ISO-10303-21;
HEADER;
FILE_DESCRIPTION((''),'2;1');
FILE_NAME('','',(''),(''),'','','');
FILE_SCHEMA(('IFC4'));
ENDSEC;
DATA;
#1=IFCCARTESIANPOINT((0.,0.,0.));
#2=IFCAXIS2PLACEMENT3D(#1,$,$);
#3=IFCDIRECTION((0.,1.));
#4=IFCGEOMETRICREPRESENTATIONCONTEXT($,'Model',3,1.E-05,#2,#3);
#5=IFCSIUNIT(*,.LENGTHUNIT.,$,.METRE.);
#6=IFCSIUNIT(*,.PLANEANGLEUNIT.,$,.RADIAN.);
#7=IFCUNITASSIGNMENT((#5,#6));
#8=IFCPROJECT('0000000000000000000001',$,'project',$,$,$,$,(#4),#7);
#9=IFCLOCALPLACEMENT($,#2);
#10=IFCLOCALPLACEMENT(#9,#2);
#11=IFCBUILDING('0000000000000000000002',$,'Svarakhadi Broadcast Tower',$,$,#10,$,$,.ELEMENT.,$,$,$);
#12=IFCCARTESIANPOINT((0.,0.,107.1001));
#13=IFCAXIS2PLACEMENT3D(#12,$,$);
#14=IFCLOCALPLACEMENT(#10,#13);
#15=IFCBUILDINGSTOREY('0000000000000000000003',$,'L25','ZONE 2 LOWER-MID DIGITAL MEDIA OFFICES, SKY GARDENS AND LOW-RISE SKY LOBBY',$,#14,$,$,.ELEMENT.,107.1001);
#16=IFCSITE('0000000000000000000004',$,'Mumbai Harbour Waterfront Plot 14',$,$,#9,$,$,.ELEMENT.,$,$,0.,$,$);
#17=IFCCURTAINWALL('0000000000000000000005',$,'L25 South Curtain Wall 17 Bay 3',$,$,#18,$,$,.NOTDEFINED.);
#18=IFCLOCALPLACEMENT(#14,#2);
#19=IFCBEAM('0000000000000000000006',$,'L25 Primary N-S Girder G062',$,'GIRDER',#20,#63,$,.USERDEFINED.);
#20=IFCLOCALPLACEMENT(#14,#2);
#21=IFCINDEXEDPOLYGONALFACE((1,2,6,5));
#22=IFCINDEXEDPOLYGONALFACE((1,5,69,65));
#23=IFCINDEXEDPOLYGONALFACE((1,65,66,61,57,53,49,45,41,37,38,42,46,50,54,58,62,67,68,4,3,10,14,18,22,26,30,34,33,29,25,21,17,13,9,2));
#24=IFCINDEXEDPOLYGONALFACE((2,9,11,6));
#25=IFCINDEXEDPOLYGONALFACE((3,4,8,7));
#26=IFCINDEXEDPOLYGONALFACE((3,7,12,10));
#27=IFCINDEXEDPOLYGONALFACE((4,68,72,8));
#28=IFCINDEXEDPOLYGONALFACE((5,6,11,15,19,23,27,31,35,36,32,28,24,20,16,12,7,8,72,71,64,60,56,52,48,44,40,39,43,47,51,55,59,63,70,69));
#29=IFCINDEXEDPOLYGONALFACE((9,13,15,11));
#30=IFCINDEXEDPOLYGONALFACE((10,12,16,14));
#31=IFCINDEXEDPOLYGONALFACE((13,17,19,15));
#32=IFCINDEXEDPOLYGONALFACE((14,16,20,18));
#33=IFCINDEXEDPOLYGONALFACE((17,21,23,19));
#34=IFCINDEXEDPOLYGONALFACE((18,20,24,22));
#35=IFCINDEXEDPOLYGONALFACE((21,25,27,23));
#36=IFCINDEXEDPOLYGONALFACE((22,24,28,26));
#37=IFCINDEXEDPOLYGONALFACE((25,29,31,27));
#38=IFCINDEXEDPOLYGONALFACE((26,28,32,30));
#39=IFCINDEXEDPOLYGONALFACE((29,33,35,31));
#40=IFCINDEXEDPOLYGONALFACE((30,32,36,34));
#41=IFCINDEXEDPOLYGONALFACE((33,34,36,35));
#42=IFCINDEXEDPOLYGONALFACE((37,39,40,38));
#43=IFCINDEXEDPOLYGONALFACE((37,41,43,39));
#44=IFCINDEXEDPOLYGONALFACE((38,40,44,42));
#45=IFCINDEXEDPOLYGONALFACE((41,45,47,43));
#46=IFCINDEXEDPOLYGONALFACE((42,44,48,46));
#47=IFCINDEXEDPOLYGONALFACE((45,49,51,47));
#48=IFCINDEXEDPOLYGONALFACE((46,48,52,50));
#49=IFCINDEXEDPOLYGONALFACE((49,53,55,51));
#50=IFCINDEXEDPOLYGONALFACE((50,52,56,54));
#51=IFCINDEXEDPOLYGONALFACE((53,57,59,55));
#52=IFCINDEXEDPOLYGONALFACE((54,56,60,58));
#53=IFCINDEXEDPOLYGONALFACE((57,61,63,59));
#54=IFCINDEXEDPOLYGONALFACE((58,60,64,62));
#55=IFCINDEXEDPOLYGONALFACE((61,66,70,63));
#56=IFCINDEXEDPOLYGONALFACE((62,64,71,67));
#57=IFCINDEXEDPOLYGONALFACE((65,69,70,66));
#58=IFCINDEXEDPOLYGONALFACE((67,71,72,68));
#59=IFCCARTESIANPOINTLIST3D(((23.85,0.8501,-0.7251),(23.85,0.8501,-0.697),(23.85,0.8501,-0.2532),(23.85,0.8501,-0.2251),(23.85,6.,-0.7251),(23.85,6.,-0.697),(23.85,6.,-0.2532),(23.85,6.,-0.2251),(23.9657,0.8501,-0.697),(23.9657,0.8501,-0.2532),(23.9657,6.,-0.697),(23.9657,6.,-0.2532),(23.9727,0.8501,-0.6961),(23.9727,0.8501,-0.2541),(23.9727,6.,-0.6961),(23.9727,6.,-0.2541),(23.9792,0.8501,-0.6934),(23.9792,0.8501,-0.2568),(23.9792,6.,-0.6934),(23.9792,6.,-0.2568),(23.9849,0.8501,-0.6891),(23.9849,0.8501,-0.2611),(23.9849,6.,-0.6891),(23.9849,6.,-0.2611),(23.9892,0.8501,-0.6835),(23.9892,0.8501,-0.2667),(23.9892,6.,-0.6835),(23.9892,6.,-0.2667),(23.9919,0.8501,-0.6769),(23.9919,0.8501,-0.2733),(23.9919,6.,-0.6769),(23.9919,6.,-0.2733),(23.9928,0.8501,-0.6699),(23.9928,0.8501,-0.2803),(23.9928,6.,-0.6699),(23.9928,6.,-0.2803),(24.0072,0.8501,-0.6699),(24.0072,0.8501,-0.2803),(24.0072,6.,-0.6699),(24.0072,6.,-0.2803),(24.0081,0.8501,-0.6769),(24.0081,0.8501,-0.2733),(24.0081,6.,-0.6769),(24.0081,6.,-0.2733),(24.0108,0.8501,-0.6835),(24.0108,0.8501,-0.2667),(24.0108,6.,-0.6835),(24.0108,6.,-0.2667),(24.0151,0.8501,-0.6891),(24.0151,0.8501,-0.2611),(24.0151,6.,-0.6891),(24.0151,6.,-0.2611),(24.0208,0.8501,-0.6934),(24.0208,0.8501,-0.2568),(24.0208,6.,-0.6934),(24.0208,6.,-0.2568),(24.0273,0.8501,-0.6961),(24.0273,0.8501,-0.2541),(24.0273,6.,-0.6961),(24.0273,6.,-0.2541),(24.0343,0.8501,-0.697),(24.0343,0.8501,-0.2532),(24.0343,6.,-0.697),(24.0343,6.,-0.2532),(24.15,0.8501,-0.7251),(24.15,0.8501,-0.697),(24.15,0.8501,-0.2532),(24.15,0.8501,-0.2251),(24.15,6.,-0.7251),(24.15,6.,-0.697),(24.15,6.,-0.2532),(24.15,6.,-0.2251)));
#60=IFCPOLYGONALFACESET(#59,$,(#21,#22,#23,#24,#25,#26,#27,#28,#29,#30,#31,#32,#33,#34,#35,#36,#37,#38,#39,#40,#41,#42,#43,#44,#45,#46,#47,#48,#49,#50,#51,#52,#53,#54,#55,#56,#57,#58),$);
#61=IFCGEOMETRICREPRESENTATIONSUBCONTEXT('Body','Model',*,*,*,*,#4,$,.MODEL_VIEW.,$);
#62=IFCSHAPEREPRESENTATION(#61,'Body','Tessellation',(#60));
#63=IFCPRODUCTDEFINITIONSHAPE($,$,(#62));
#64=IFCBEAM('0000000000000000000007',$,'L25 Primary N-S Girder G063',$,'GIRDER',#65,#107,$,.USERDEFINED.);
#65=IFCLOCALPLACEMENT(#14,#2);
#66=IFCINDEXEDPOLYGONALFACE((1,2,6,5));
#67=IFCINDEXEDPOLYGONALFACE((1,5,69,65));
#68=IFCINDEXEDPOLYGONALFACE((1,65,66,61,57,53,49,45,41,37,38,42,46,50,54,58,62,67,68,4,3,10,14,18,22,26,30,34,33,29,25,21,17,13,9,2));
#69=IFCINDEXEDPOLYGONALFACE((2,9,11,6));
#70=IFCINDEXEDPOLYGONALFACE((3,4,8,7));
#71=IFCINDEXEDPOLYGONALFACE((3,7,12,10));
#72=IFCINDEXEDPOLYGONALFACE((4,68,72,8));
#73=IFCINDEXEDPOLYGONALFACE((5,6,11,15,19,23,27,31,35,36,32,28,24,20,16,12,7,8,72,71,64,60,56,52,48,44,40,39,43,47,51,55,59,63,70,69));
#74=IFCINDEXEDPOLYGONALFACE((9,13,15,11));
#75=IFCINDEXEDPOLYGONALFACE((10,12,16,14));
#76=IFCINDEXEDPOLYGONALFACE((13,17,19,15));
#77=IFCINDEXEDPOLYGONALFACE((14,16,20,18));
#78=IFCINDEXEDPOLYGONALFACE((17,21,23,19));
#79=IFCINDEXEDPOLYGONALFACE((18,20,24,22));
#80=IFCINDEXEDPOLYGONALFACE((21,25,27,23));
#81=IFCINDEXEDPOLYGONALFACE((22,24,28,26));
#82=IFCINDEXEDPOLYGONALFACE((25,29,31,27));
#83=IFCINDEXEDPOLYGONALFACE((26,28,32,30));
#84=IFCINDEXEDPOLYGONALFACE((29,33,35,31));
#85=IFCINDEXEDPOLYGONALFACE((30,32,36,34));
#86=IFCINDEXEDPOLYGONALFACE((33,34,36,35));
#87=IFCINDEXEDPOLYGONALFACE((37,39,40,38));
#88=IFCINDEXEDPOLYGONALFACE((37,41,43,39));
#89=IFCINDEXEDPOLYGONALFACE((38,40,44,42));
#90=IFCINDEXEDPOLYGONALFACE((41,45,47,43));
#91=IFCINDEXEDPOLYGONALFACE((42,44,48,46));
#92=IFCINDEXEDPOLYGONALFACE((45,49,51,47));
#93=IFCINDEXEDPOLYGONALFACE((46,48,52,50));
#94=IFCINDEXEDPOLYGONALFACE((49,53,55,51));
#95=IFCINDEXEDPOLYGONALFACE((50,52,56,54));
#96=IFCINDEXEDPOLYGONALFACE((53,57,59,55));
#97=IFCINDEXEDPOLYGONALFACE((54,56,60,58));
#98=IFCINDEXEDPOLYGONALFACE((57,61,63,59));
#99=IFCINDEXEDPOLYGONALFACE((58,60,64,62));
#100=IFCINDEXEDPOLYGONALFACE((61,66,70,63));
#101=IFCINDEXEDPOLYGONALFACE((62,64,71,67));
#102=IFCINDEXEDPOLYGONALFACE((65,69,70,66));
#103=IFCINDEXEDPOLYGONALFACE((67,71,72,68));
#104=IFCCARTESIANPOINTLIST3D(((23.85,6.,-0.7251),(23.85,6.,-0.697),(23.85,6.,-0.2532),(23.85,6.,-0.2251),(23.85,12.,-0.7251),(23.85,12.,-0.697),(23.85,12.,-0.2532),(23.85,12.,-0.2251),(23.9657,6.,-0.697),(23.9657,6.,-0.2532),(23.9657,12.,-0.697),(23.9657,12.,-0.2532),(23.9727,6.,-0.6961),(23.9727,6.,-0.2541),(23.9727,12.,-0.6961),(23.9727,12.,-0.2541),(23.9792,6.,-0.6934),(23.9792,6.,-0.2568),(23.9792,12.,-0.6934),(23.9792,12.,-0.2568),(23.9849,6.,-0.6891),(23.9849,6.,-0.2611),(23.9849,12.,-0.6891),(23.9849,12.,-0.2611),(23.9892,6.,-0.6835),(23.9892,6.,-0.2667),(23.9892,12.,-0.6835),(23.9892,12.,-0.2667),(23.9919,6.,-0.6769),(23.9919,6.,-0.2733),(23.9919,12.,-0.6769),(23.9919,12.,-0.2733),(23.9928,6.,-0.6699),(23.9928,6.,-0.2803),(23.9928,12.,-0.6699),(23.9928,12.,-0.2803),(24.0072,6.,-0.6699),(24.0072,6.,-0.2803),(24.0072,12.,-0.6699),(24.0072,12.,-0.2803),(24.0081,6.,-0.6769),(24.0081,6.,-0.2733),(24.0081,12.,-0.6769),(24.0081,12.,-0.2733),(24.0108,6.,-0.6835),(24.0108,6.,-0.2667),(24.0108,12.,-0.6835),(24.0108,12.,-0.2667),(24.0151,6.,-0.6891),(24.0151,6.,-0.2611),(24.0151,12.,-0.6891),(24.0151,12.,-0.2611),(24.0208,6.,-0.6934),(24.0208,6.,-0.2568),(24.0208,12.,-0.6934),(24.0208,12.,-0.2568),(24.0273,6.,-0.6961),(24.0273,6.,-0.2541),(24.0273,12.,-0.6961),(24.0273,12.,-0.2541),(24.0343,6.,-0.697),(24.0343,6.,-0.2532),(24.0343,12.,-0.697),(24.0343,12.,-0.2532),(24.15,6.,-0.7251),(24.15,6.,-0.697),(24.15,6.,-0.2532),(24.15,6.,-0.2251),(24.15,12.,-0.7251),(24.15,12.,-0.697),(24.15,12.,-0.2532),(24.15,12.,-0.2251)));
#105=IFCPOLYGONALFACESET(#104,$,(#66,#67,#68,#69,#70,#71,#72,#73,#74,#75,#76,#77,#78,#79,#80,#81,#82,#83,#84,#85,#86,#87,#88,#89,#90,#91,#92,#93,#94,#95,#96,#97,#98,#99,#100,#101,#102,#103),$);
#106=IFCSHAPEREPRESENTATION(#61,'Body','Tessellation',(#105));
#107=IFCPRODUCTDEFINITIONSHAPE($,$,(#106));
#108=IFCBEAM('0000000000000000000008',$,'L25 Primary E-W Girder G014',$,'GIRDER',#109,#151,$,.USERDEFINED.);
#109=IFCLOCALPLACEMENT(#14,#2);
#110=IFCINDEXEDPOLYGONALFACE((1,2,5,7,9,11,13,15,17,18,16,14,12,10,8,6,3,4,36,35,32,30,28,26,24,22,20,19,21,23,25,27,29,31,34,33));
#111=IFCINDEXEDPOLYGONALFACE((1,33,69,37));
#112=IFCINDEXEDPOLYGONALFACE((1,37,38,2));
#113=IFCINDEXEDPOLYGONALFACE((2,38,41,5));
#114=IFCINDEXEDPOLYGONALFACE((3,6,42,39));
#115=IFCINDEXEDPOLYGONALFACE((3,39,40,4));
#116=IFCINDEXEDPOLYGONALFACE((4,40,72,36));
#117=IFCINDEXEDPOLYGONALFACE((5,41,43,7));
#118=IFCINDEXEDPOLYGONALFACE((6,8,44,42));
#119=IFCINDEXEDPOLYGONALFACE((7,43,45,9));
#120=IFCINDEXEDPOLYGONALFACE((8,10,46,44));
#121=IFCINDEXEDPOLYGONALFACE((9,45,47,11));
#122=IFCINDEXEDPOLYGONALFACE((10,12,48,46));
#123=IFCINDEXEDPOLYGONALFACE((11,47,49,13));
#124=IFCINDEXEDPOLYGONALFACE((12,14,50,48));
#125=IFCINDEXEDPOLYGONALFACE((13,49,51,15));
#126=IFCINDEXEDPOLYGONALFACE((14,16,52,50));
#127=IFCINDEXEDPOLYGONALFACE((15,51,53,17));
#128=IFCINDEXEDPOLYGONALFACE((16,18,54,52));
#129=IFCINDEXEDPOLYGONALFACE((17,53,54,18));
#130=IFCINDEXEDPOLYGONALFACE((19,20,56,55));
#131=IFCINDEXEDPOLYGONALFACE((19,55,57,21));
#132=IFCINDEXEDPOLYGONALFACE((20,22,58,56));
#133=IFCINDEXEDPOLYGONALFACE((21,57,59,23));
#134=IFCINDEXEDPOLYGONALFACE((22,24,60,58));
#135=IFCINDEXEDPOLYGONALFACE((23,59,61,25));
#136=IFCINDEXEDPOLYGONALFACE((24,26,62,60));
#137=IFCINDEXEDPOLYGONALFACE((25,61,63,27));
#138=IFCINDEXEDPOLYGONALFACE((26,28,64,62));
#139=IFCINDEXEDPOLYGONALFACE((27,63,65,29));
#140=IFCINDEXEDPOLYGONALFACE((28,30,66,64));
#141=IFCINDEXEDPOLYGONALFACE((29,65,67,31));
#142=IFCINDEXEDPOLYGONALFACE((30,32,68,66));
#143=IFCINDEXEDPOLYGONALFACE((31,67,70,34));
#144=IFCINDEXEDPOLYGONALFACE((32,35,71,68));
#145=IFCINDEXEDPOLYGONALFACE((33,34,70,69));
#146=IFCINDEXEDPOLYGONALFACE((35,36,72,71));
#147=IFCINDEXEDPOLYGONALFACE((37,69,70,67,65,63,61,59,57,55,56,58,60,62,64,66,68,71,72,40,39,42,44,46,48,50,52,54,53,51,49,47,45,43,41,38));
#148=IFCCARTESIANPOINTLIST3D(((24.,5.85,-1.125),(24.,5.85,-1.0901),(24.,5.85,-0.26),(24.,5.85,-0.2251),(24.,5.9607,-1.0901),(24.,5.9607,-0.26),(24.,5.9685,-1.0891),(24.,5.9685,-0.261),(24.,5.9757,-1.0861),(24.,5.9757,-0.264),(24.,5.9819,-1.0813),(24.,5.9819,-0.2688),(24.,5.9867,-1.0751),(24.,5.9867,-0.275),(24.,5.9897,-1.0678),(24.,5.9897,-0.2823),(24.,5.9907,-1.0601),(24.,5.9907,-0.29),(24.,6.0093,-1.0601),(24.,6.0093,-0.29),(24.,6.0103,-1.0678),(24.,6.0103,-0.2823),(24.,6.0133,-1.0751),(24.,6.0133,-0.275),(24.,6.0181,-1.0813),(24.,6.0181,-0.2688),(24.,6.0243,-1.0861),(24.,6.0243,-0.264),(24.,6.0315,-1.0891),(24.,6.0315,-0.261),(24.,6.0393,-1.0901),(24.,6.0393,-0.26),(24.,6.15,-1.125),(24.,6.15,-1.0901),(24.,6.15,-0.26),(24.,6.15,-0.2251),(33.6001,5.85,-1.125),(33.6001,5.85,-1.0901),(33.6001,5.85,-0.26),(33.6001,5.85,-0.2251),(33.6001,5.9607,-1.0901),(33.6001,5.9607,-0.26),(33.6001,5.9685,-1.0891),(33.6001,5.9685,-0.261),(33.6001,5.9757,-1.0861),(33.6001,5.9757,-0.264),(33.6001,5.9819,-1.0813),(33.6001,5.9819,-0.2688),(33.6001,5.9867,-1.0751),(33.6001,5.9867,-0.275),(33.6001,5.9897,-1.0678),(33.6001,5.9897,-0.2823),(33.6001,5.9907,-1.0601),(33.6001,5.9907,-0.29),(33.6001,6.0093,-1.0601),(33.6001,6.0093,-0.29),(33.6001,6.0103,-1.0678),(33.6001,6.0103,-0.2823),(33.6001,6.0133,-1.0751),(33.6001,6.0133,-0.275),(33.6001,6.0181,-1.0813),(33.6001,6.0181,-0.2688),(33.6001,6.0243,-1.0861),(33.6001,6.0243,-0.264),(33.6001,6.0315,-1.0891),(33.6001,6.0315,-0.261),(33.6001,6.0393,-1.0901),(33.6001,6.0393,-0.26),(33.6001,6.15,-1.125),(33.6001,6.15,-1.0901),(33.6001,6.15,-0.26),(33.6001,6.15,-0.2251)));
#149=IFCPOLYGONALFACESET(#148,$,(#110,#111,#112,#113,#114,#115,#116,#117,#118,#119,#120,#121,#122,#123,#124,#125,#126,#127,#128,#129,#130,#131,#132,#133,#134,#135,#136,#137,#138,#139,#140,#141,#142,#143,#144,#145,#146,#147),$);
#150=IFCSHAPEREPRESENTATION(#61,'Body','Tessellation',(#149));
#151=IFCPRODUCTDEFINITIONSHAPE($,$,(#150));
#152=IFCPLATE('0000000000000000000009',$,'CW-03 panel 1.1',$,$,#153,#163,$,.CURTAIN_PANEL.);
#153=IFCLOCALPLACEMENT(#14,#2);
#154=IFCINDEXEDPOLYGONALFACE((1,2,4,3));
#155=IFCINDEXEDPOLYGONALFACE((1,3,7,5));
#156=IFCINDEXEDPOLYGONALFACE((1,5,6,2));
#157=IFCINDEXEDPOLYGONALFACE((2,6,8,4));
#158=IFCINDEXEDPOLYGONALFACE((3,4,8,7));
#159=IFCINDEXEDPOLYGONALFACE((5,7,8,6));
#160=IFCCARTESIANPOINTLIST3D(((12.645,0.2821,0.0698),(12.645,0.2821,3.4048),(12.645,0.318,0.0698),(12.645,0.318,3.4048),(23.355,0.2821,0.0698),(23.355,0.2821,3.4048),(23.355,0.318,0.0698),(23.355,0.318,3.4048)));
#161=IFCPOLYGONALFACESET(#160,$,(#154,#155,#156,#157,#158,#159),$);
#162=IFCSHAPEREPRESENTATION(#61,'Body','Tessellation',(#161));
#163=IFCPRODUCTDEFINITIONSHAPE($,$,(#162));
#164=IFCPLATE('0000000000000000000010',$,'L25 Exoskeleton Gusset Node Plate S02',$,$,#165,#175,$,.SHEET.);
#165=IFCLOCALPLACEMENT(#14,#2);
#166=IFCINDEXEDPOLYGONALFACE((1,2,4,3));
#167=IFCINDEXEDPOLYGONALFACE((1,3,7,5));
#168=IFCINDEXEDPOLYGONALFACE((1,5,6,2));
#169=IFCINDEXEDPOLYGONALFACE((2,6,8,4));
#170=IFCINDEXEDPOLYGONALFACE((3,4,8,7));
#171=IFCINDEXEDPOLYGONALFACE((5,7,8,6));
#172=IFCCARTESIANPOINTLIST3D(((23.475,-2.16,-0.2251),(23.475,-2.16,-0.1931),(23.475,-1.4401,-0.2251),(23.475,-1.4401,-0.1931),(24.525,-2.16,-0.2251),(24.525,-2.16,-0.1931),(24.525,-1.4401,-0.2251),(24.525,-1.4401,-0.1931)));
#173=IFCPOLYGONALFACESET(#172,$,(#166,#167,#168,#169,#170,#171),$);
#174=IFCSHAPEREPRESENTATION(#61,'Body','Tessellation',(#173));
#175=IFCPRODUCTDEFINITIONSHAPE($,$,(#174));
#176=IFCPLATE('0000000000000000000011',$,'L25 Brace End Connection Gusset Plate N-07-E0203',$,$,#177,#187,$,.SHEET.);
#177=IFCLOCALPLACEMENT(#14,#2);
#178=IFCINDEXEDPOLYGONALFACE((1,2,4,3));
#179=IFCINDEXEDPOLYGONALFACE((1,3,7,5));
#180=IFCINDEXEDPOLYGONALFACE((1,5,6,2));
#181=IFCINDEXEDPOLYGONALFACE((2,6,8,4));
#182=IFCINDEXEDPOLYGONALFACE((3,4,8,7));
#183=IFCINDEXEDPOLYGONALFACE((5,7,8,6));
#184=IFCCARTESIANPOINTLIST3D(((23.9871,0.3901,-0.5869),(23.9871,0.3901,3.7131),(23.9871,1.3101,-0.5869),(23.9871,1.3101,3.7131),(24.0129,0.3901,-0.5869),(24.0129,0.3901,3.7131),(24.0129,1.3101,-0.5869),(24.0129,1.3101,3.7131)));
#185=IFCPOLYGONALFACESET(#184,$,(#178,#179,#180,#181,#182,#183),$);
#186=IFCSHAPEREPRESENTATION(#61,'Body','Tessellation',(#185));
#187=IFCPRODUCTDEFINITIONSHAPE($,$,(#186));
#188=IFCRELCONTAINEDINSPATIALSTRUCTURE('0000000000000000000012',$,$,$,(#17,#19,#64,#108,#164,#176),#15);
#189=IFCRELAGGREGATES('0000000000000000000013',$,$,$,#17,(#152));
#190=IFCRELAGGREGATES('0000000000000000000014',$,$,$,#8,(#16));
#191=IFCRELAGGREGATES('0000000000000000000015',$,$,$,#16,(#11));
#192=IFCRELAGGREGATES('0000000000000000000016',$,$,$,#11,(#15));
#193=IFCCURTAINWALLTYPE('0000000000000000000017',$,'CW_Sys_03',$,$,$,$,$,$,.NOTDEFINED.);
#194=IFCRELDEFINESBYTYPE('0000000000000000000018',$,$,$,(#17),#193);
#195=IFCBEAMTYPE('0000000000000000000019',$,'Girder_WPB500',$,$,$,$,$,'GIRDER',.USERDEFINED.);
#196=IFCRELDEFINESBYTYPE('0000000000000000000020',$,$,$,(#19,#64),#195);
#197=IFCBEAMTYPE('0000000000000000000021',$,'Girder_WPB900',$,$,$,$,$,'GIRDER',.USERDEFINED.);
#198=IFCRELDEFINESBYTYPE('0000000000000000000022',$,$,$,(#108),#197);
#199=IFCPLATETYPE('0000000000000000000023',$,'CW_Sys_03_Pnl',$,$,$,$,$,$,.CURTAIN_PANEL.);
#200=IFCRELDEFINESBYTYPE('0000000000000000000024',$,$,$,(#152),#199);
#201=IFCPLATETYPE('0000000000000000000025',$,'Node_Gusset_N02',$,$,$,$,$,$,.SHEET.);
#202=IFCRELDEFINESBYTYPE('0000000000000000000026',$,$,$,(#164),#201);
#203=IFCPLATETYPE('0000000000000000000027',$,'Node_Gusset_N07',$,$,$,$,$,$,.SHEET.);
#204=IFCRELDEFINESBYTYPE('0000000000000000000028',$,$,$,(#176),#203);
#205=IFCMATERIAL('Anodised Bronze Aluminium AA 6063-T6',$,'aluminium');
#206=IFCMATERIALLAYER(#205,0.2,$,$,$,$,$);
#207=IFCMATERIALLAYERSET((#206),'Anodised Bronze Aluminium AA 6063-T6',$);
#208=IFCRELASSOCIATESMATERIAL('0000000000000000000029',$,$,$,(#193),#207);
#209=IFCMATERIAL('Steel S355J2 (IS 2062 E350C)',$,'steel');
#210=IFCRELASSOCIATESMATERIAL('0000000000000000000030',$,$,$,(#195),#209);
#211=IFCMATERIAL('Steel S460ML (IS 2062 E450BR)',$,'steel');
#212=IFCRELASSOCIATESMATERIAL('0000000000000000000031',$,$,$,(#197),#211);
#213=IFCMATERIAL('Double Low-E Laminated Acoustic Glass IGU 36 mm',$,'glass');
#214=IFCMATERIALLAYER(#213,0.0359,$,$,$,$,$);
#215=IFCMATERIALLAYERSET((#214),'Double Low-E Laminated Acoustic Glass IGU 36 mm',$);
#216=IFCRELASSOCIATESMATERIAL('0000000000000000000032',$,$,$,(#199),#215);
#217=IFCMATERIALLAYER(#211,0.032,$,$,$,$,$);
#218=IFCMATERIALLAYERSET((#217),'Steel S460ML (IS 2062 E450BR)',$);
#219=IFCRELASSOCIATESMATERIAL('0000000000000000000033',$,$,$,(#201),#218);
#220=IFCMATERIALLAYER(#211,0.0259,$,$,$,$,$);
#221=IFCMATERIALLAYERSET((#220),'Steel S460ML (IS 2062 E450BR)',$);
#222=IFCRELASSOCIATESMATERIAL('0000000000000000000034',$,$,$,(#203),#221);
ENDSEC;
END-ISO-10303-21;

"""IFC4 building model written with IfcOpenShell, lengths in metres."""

from ifc_helpers import new_model, si_unit, direction, frame, origin, origin_2d, place, context, subcontext, project, spatial, rectangle, i_section, extrude, material, layer, layer_set, material_profile, profile_set, type_object, element, aggregate, save


model = new_model("IFC4")

# Units and contexts
model_context = context("Model", 3, precision=1e-05, world=origin(), true_north=direction((0.0, 1.0)))
body_context = subcontext(model_context, "Body", "Model", "MODEL_VIEW")
ifc_project = project(units=[si_unit("LENGTHUNIT", "METRE"), si_unit("PLANEANGLEUNIT", "RADIAN")], contexts=[model_context])

# Site, building, storey
site_placement = place(None, origin())
site = spatial("IfcSite", under=ifc_project, at=site_placement, Name="Mumbai Harbour Waterfront Plot 14", CompositionType="ELEMENT", RefElevation=0.0)
building_placement = place(site_placement, origin())
building = spatial("IfcBuilding", under=site, at=building_placement, Name="Svarakhadi Broadcast Tower", CompositionType="ELEMENT")
storey_placement = place(building_placement, frame((0.0, 0.0, 107.1001)))
storey = spatial("IfcBuildingStorey", under=building, at=storey_placement, Name="L25", Description="ZONE 2 LOWER-MID DIGITAL MEDIA OFFICES, SKY GARDENS AND LOW-RISE SKY LOBBY", CompositionType="ELEMENT", Elevation=107.1001)

# Shared definitions
ifc_material_1 = material(Name="Steel S355J2 (IS 2062 E350C)", Category="steel")

# Curtain wall
ifc_material_2 = material(Name="Anodised Bronze Aluminium AA 6063-T6", Category="aluminium")
ifc_layer_1 = layer(ifc_material_2, 0.2)
ifc_layer_set_1 = layer_set([ifc_layer_1], Name="Anodised Bronze Aluminium AA 6063-T6")
curtain_wall_type = type_object("IfcCurtainWallType", Name="CW_Sys_03", PredefinedType="NOTDEFINED", material=ifc_layer_set_1)
curtain_wall_placement = place(storey_placement, origin())
curtain_wall = element("IfcCurtainWall", 1, at=curtain_wall_placement, inside=storey, type_object=curtain_wall_type, Name="L25 South Curtain Wall 17 Bay 3", PredefinedType="NOTDEFINED")

# Shared definitions
ifc_material_3 = material(Name="Steel S460ML (IS 2062 E450BR)", Category="steel")

# Beams
ifc_material_profile_1 = material_profile(ifc_material_1, i_section(OverallWidth=0.3, OverallDepth=0.5, WebThickness=0.0144, FlangeThickness=0.0281, FilletRadius=0.0271, at=origin_2d()), Name="WPB 500x300x187")
ifc_profile_set_1 = profile_set([ifc_material_profile_1], Name="Steel S355J2 (IS 2062 E350C)")
beam_type_1 = type_object("IfcBeamType", Name="Girder_WPB500", ElementType="GIRDER", PredefinedType="USERDEFINED", material=ifc_profile_set_1)
beam_1_placement = place(storey_placement, frame((24.0, 0.8501, -0.4751), z_axis=(0.0, 1.0, 0.0), x_axis=(-1.0, 0.0, 0.0)))
element("IfcBeam", 2, at=beam_1_placement, inside=storey, type_object=beam_type_1, Name="L25 Primary N-S Girder G062", ObjectType="GIRDER", PredefinedType="USERDEFINED", context=body_context, shape_type="SweptSolid", body=[
    extrude(i_section(OverallWidth=0.3, OverallDepth=0.5, WebThickness=0.0144, FlangeThickness=0.0281, FilletRadius=0.0271, at=origin_2d()), origin(), (0.0, 0.0, 1.0), 5.1499),
])
beam_2_placement = place(storey_placement, frame((24.0, 6.0, -0.4751), z_axis=(0.0, 1.0, 0.0), x_axis=(-1.0, 0.0, 0.0)))
element("IfcBeam", 3, at=beam_2_placement, inside=storey, type_object=beam_type_1, Name="L25 Primary N-S Girder G063", ObjectType="GIRDER", PredefinedType="USERDEFINED", context=body_context, shape_type="SweptSolid", body=[
    extrude(i_section(OverallWidth=0.3, OverallDepth=0.5, WebThickness=0.0144, FlangeThickness=0.0281, FilletRadius=0.0271, at=origin_2d()), origin(), (0.0, 0.0, 1.0), 6.0),
])
ifc_material_profile_2 = material_profile(ifc_material_3, i_section(OverallWidth=0.3, OverallDepth=0.8999, WebThickness=0.0186, FlangeThickness=0.0349, FilletRadius=0.03, at=origin_2d()), Name="WPB 900x300x291")
ifc_profile_set_2 = profile_set([ifc_material_profile_2], Name="Steel S460ML (IS 2062 E450BR)")
beam_type_2 = type_object("IfcBeamType", Name="Girder_WPB900", ElementType="GIRDER", PredefinedType="USERDEFINED", material=ifc_profile_set_2)
beam_3_placement = place(storey_placement, frame((24.0, 6.0, -0.675), z_axis=(1.0, 0.0, 0.0), x_axis=(0.0, 1.0, 0.0)))
element("IfcBeam", 4, at=beam_3_placement, inside=storey, type_object=beam_type_2, Name="L25 Primary E-W Girder G014", ObjectType="GIRDER", PredefinedType="USERDEFINED", context=body_context, shape_type="SweptSolid", body=[
    extrude(i_section(OverallWidth=0.3, OverallDepth=0.8999, WebThickness=0.0186, FlangeThickness=0.0349, FilletRadius=0.03, at=origin_2d()), origin(), (0.0, 0.0, 1.0), 9.6001),
])

# Plate
ifc_material_4 = material(Name="Double Low-E Laminated Acoustic Glass IGU 36 mm", Category="glass")
ifc_layer_2 = layer(ifc_material_4, 0.0359)
ifc_layer_set_2 = layer_set([ifc_layer_2], Name="Double Low-E Laminated Acoustic Glass IGU 36 mm")
plate_type_1 = type_object("IfcPlateType", Name="CW_Sys_03_Pnl", PredefinedType="CURTAIN_PANEL", material=ifc_layer_set_2)
plate_1_placement = place(storey_placement, frame((18.0, 0.3, 0.0698), z_axis=(0.0, 0.0, 1.0), x_axis=(-1.0, 0.0, 0.0)))
plate_1 = element("IfcPlate", 5, at=plate_1_placement, type_object=plate_type_1, Name="CW-03 panel 1.1", PredefinedType="CURTAIN_PANEL", context=body_context, shape_type="SweptSolid", body=[
    extrude(rectangle(XDim=10.71, YDim=0.0359, at=origin_2d()), origin(), (0.0, 0.0, 1.0), 3.335),
])
aggregate(curtain_wall, [plate_1])

# Plates
ifc_layer_3 = layer(ifc_material_3, 0.032)
ifc_layer_set_3 = layer_set([ifc_layer_3], Name="Steel S460ML (IS 2062 E450BR)")
plate_type_2 = type_object("IfcPlateType", Name="Node_Gusset_N02", PredefinedType="SHEET", material=ifc_layer_set_3)
plate_2_placement = place(storey_placement, frame((24.0, -1.8, -0.2251), z_axis=(0.0, 0.0, 1.0), x_axis=(1.0, 0.0, 0.0)))
element("IfcPlate", 6, at=plate_2_placement, inside=storey, type_object=plate_type_2, Name="L25 Exoskeleton Gusset Node Plate S02", PredefinedType="SHEET", context=body_context, shape_type="SweptSolid", body=[
    extrude(rectangle(XDim=1.05, YDim=0.72, at=origin_2d()), origin(), (0.0, 0.0, 1.0), 0.032),
])
ifc_layer_4 = layer(ifc_material_3, 0.0259)
ifc_layer_set_4 = layer_set([ifc_layer_4], Name="Steel S460ML (IS 2062 E450BR)")
plate_type_3 = type_object("IfcPlateType", Name="Node_Gusset_N07", PredefinedType="SHEET", material=ifc_layer_set_4)
plate_3_placement = place(storey_placement, frame((24.0, 0.8501, -0.5869), z_axis=(0.0, 0.0, 1.0), x_axis=(0.0, 1.0, 0.0)))
element("IfcPlate", 7, at=plate_3_placement, inside=storey, type_object=plate_type_3, Name="L25 Brace End Connection Gusset Plate N-07-E0203", PredefinedType="SHEET", context=body_context, shape_type="SweptSolid", body=[
    extrude(rectangle(XDim=0.9199, YDim=0.0259, at=origin_2d()), origin(), (0.0, 0.0, 1.0), 4.3),
])

save(model, "model.ifc")
